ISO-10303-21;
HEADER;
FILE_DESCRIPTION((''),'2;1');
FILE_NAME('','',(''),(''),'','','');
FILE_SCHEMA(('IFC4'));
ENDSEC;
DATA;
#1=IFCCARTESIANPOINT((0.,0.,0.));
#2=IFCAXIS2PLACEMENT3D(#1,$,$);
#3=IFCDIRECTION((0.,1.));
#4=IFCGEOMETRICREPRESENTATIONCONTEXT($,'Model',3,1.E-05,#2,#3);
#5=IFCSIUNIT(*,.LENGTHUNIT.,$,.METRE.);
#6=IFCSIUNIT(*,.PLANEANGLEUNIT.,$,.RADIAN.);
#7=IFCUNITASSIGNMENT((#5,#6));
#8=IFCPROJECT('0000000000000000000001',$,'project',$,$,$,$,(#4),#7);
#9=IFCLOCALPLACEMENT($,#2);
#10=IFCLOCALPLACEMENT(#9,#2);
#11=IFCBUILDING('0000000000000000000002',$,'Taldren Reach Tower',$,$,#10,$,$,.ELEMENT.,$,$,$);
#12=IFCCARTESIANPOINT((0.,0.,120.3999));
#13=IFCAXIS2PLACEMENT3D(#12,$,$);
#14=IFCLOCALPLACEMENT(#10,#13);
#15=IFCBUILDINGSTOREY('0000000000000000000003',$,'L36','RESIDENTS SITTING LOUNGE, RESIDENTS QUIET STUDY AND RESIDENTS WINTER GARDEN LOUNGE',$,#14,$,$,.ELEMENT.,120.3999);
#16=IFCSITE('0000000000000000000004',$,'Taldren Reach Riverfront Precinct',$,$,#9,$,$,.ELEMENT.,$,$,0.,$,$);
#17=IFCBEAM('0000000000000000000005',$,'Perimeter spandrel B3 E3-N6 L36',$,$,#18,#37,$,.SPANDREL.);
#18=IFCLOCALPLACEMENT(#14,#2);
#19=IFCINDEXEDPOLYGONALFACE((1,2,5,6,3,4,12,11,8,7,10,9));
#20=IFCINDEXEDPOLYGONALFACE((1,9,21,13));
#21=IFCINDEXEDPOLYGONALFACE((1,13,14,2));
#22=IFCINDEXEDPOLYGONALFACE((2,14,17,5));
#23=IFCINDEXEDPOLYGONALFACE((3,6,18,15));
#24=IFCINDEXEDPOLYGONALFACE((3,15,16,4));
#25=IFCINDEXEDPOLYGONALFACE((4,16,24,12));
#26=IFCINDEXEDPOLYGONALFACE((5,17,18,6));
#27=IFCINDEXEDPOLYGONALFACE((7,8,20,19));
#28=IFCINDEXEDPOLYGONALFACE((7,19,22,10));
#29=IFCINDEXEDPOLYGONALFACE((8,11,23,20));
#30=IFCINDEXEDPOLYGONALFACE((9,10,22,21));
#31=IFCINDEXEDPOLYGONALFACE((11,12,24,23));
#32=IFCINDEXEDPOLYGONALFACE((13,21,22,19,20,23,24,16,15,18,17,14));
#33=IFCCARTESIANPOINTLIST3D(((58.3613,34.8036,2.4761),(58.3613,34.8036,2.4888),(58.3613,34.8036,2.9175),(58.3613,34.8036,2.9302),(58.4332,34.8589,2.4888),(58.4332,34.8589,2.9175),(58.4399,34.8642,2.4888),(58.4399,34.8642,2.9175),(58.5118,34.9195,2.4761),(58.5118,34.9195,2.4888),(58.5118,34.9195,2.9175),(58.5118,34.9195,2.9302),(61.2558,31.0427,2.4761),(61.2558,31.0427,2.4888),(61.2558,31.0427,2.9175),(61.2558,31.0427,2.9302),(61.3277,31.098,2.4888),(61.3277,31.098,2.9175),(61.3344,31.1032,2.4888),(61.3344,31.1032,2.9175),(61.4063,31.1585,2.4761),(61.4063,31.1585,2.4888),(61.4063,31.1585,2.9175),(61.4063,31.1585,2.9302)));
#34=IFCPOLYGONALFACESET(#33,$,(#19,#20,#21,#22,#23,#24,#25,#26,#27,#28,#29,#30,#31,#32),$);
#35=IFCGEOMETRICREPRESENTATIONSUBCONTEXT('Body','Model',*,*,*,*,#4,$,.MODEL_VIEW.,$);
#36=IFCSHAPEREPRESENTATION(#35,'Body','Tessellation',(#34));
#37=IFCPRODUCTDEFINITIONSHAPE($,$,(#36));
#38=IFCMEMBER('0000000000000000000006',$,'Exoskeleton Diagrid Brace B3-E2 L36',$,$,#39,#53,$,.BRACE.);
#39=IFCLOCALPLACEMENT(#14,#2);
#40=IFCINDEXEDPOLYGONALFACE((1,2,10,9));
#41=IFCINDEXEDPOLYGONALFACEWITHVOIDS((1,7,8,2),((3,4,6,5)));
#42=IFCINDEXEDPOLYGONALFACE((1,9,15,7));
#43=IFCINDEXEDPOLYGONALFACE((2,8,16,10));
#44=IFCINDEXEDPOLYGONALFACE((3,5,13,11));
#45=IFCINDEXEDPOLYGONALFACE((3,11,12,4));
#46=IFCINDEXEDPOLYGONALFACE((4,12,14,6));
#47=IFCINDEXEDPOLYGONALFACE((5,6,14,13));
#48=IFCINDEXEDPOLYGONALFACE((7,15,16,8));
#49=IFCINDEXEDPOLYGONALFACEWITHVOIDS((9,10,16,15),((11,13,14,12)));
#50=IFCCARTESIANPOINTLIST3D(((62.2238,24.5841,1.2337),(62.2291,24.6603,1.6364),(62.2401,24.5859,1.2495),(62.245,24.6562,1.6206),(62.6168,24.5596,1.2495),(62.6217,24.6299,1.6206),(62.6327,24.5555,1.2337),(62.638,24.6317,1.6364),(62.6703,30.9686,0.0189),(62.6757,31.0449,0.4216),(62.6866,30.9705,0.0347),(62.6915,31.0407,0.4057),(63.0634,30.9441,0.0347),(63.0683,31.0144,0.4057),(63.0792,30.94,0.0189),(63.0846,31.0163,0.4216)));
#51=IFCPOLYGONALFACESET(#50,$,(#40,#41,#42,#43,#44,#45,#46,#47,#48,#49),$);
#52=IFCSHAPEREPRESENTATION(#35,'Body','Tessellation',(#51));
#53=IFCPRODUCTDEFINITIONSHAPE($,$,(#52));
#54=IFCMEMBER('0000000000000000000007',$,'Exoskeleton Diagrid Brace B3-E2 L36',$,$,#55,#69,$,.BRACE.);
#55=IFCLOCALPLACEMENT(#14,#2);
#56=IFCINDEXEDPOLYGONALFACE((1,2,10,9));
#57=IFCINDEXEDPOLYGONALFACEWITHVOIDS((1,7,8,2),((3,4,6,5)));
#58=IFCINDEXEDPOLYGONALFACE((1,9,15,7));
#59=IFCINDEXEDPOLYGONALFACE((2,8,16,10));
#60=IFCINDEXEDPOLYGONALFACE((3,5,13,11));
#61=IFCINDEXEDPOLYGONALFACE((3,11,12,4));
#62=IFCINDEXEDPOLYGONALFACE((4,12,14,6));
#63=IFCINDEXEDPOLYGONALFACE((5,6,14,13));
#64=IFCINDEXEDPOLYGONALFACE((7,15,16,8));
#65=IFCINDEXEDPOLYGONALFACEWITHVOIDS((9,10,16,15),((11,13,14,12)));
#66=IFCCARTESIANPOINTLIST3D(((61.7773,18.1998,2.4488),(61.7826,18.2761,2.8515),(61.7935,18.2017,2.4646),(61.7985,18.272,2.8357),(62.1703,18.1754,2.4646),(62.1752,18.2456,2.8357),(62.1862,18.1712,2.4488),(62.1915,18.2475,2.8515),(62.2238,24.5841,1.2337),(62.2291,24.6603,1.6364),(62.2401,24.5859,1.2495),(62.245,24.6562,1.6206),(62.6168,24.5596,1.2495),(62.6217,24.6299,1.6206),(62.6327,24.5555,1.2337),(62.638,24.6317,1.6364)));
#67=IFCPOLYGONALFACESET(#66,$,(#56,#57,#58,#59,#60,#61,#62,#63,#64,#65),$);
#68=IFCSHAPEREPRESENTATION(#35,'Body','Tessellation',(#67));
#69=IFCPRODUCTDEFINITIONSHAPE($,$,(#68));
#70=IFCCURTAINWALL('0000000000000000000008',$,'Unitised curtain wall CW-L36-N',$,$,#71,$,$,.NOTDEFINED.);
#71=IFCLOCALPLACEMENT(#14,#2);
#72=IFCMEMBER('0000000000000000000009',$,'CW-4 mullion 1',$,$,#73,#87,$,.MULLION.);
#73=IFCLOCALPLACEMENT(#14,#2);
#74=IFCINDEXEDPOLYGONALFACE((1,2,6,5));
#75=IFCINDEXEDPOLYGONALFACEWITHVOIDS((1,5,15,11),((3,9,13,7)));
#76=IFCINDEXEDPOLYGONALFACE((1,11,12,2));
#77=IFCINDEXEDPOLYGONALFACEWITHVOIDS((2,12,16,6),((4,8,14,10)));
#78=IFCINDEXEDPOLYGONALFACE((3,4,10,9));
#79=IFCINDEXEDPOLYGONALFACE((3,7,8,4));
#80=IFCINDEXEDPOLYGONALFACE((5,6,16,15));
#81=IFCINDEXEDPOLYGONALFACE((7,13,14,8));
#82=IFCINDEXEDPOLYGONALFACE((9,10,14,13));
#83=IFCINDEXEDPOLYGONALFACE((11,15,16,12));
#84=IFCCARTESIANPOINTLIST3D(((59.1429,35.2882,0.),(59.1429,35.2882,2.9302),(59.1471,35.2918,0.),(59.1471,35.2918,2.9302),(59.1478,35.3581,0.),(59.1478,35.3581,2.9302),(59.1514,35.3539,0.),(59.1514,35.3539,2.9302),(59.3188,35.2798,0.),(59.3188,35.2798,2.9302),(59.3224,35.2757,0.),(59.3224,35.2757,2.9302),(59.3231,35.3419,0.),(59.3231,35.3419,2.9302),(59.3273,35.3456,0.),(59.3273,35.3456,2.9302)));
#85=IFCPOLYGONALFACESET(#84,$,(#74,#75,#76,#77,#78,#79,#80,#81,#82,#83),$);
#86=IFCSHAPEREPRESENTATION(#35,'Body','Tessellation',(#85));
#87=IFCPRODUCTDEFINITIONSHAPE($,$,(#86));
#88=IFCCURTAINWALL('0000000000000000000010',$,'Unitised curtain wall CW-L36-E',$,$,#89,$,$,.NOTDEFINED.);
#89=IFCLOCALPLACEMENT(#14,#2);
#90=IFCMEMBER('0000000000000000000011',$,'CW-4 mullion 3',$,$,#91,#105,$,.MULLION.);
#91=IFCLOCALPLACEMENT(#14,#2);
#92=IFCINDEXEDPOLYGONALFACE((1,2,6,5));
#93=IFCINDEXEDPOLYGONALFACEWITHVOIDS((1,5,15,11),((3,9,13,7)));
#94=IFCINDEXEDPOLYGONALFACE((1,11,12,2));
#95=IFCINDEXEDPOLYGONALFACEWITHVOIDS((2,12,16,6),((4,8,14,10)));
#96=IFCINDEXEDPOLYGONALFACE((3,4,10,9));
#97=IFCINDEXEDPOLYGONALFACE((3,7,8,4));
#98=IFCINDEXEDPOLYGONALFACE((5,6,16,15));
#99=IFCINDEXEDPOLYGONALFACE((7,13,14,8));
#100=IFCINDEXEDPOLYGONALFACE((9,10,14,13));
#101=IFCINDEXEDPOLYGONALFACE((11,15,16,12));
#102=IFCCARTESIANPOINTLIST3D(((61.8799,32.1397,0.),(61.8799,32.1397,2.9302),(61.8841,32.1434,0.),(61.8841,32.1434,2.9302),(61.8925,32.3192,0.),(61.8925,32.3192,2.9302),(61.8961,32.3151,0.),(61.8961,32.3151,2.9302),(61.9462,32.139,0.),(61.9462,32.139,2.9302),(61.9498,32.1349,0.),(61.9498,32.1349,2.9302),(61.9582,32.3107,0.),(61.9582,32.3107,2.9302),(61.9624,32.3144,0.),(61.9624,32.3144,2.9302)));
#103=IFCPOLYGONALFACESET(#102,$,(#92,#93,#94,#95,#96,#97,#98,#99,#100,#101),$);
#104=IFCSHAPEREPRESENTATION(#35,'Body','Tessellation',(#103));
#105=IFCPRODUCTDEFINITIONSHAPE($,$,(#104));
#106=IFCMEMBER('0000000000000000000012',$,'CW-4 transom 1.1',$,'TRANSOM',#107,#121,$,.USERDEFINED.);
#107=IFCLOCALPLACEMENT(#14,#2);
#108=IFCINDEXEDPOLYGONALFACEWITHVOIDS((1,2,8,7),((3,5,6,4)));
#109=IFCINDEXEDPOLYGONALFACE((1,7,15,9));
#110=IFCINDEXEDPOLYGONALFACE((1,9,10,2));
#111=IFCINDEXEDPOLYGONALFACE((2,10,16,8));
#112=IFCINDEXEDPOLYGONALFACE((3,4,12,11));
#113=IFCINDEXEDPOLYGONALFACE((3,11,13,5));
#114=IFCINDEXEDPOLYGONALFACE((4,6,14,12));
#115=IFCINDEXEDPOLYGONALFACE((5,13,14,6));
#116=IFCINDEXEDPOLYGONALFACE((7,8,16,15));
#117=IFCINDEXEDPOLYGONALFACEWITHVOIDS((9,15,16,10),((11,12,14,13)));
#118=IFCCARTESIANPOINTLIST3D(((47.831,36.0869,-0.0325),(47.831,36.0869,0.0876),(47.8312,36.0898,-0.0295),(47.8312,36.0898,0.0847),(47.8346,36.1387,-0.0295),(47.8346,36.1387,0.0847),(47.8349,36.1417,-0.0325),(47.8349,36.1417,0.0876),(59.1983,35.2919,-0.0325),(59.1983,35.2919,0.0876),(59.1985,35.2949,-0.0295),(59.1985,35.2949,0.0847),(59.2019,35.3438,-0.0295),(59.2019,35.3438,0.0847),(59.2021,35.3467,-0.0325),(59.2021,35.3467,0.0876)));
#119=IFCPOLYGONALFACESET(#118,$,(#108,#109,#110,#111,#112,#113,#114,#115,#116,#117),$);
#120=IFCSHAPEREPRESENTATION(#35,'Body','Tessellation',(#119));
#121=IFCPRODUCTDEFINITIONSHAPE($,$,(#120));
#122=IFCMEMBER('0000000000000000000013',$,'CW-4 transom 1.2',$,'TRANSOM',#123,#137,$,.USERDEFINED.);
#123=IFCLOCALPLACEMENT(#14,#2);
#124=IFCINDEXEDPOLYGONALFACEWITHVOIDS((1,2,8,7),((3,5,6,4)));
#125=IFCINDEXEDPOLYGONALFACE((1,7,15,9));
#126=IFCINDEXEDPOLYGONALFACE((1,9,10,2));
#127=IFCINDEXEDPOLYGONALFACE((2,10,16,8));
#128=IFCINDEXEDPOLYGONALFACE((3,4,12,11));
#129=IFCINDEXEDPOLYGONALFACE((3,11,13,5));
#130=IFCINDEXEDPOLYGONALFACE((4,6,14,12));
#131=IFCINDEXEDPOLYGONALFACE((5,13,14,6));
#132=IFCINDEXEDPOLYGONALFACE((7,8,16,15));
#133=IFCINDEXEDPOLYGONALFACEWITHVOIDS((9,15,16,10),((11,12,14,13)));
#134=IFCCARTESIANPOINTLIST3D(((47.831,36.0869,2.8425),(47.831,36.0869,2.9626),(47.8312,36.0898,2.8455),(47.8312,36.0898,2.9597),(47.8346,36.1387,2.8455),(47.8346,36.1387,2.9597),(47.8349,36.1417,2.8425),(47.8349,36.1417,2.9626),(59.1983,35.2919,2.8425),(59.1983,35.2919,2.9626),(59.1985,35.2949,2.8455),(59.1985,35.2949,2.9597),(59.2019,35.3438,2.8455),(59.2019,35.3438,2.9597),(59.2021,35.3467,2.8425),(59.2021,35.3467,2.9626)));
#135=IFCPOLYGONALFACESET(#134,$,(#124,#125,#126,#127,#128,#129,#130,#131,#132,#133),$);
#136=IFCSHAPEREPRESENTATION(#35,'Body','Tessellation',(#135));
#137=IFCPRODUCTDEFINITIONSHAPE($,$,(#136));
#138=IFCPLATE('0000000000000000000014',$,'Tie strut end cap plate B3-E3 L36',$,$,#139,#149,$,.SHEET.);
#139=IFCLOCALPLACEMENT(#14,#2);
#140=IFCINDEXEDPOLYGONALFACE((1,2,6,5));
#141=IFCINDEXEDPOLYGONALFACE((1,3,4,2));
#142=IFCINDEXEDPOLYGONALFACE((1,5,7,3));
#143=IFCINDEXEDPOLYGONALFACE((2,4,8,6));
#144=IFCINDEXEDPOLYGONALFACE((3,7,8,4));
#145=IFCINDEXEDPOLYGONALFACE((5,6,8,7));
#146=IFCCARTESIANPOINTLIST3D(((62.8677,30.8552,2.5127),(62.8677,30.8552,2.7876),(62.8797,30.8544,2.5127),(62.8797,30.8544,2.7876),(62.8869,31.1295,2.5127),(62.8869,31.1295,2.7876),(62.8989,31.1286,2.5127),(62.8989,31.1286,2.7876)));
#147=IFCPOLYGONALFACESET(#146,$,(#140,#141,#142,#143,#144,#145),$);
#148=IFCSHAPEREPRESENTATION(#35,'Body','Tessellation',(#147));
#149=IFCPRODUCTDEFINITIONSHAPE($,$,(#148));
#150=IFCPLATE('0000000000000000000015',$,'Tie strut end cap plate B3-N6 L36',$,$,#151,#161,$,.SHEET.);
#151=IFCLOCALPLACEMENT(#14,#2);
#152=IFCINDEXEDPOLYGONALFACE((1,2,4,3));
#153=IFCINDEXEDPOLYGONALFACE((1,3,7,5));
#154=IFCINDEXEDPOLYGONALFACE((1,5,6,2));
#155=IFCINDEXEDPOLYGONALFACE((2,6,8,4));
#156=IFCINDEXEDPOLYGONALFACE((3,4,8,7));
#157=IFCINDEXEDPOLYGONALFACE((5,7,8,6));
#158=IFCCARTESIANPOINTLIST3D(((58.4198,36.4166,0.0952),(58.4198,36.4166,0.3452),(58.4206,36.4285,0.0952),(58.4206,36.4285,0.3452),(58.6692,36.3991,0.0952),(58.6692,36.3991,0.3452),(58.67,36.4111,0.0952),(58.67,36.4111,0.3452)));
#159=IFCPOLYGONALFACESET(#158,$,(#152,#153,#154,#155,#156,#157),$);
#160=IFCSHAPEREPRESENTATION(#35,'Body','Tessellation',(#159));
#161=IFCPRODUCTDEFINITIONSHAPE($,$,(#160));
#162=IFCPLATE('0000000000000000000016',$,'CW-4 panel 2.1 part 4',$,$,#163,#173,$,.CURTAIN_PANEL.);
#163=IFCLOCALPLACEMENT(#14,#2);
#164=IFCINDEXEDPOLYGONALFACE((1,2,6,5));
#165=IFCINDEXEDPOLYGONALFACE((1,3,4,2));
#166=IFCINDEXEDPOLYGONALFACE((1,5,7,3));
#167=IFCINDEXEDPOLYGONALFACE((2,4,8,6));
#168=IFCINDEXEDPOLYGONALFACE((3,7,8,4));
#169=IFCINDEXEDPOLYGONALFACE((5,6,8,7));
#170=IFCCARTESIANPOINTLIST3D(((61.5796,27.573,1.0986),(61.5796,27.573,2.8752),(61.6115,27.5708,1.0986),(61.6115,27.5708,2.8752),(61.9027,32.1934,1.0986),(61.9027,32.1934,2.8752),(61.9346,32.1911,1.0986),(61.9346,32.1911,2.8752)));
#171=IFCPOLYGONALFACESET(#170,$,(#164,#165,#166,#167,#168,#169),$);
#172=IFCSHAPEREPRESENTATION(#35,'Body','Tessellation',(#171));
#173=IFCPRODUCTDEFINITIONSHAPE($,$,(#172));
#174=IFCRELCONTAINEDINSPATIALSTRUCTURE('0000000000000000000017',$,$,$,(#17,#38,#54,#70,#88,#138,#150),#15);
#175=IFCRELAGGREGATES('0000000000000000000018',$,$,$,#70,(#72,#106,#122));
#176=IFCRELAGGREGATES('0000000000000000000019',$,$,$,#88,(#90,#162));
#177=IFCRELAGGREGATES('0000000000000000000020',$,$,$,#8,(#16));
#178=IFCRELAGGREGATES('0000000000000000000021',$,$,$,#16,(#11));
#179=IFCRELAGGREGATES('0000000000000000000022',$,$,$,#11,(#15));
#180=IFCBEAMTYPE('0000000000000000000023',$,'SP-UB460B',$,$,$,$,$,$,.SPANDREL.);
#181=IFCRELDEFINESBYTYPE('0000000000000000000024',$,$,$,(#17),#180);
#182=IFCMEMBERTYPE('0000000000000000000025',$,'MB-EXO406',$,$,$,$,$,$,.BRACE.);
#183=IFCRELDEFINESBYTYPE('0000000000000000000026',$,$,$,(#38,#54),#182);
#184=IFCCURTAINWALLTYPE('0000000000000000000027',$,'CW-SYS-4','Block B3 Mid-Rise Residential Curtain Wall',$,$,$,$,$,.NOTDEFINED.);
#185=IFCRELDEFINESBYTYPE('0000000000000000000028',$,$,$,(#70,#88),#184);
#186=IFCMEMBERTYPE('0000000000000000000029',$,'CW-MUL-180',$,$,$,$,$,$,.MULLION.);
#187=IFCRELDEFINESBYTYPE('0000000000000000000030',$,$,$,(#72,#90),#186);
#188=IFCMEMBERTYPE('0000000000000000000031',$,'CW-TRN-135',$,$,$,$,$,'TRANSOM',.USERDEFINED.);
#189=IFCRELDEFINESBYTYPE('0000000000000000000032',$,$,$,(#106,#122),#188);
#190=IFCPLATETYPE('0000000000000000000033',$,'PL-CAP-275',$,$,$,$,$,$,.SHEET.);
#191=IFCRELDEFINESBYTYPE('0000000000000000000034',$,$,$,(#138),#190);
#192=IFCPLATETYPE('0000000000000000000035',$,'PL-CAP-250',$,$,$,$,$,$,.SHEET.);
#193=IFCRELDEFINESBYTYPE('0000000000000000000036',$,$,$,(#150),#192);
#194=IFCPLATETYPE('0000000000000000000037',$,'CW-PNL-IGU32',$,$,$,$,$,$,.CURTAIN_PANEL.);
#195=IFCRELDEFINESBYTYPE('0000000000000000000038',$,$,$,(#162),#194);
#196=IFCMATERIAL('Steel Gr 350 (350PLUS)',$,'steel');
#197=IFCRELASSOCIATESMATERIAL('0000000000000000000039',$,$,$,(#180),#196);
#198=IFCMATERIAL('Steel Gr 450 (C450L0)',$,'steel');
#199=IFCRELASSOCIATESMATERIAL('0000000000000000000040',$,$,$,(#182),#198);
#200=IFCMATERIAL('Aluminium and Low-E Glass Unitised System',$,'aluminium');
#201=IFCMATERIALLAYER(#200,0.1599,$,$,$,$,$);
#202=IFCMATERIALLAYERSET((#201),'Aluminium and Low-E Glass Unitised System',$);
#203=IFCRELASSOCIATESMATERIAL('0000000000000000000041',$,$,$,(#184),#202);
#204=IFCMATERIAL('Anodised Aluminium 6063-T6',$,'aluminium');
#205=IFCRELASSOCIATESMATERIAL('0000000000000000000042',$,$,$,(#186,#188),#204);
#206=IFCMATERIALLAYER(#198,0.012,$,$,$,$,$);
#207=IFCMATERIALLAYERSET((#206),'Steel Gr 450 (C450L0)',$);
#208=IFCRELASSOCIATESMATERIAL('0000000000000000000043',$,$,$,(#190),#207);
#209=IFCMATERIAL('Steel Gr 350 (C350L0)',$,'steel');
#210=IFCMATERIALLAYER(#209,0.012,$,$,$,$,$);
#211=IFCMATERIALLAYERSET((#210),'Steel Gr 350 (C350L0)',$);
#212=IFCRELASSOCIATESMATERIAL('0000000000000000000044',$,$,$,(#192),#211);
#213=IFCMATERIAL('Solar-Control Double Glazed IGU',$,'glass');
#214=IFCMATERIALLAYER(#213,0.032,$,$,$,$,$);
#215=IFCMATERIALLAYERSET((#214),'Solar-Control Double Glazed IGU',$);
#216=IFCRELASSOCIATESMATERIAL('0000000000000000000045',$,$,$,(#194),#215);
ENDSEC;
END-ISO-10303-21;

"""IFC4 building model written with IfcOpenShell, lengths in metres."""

from ifc_helpers import new_model, si_unit, direction, frame, origin, origin_2d, place, context, subcontext, project, spatial, rectangle, hollow_rectangle, i_section, extrude, source, transform, mapped, material, layer, layer_set, material_profile, profile_set, type_object, element, aggregate, save


model = new_model("IFC4")

# Units and contexts
model_context = context("Model", 3, precision=1e-05, world=origin(), true_north=direction((0.0, 1.0)))
body_context = subcontext(model_context, "Body", "Model", "MODEL_VIEW")
ifc_project = project(units=[si_unit("LENGTHUNIT", "METRE"), si_unit("PLANEANGLEUNIT", "RADIAN")], contexts=[model_context])

# Site, building, storey
site_placement = place(None, origin())
site = spatial("IfcSite", under=ifc_project, at=site_placement, Name="Taldren Reach Riverfront Precinct", CompositionType="ELEMENT", RefElevation=0.0)
building_placement = place(site_placement, origin())
building = spatial("IfcBuilding", under=site, at=building_placement, Name="Taldren Reach Tower", CompositionType="ELEMENT")
storey_placement = place(building_placement, frame((0.0, 0.0, 120.3999)))
storey = spatial("IfcBuildingStorey", under=building, at=storey_placement, Name="L36", Description="RESIDENTS SITTING LOUNGE, RESIDENTS QUIET STUDY AND RESIDENTS WINTER GARDEN LOUNGE", CompositionType="ELEMENT", Elevation=120.3999)

# Shared definitions
ifc_material_1 = material(Name="Steel Gr 450 (C450L0)", Category="steel")
ifc_material_2 = material(Name="Steel Gr 350 (350PLUS)", Category="steel")

# Shared definitions
ifc_material_3 = material(Name="Steel Gr 350 (C350L0)", Category="steel")

# Beam
ifc_material_profile_1 = material_profile(ifc_material_2, i_section(OverallWidth=0.1899, OverallDepth=0.4541, WebThickness=0.0085, FlangeThickness=0.0127, at=origin_2d()), Name="460UB67.1")
ifc_profile_set_1 = profile_set([ifc_material_profile_1], Name="Steel Gr 350 (350PLUS)")
beam_type = type_object("IfcBeamType", Name="SP-UB460B", PredefinedType="SPANDREL", material=ifc_profile_set_1)
shared_shape_1 = source(origin(), body_context, "Body", "SweptSolid", [
    extrude(i_section(OverallWidth=0.1899, OverallDepth=0.4541, WebThickness=0.0085, FlangeThickness=0.0127, at=origin_2d()), origin(), (0.0, 0.0, 1.0), 4.7458),
])
beam_1_placement = place(storey_placement, frame((61.3311, 31.1006, 2.7031), z_axis=(-0.609905, 0.792475, 0.0), x_axis=(-0.792475, -0.609905, 0.0)))
element("IfcBeam", 1, at=beam_1_placement, inside=storey, type_object=beam_type, Name="Perimeter spandrel B3 E3-N6 L36", PredefinedType="SPANDREL", context=body_context, shape_type="MappedRepresentation", body=[
    mapped(shared_shape_1, transform((0.0, 0.0, 0.0), scale=1.0)),
])

# Members
ifc_material_profile_2 = material_profile(ifc_material_1, hollow_rectangle(XDim=0.4099, YDim=0.4099, WallThickness=0.0161, at=origin_2d()), Name="410x410x16.0SHS")
ifc_profile_set_2 = profile_set([ifc_material_profile_2], Name="Steel Gr 450 (C450L0)")
member_type_1 = type_object("IfcMemberType", Name="MB-EXO406", PredefinedType="BRACE", material=ifc_profile_set_2)
shared_shape_2 = source(origin(), body_context, "Body", "SweptSolid", [
    extrude(hollow_rectangle(XDim=0.4099, YDim=0.4099, WallThickness=0.0161, at=origin_2d()), origin(), (0.0, 0.0, 1.0), 6.5144),
])
member_1_placement = place(storey_placement, frame((62.8774, 30.9924, 0.2202), z_axis=(-0.068546, -0.980063, 0.186486), x_axis=(0.997563, -0.06977, 0.0)))
element("IfcMember", 2, at=member_1_placement, inside=storey, type_object=member_type_1, Name="Exoskeleton Diagrid Brace B3-E2 L36", PredefinedType="BRACE", context=body_context, shape_type="MappedRepresentation", body=[
    mapped(shared_shape_2, transform((0.0, 0.0, 0.0), scale=1.0)),
])
shared_shape_3 = source(origin(), body_context, "Body", "SweptSolid", [
    extrude(hollow_rectangle(XDim=0.4099, YDim=0.4099, WallThickness=0.0161, at=origin_2d()), origin(), (0.0, 0.0, 1.0), 6.5142),
])
member_2_placement = place(storey_placement, frame((62.4309, 24.6079, 1.4351), z_axis=(-0.068548, -0.980055, 0.186529), x_axis=(0.997563, -0.069772, 0.0)))
element("IfcMember", 3, at=member_2_placement, inside=storey, type_object=member_type_1, Name="Exoskeleton Diagrid Brace B3-E2 L36", PredefinedType="BRACE", context=body_context, shape_type="MappedRepresentation", body=[
    mapped(shared_shape_3, transform((0.0, 0.0, 0.0), scale=1.0)),
])

# Curtain walls, members
ifc_material_4 = material(Name="Aluminium and Low-E Glass Unitised System", Category="aluminium")
ifc_layer_1 = layer(ifc_material_4, 0.1599)
ifc_layer_set_1 = layer_set([ifc_layer_1], Name="Aluminium and Low-E Glass Unitised System")
curtain_wall_type = type_object("IfcCurtainWallType", Name="CW-SYS-4", Description="Block B3 Mid-Rise Residential Curtain Wall", PredefinedType="NOTDEFINED", material=ifc_layer_set_1)
curtain_wall_1_placement = place(storey_placement, origin())
curtain_wall_1 = element("IfcCurtainWall", 4, at=curtain_wall_1_placement, inside=storey, type_object=curtain_wall_type, Name="Unitised curtain wall CW-L36-N", PredefinedType="NOTDEFINED")
ifc_material_5 = material(Name="Anodised Aluminium 6063-T6", Category="aluminium")
ifc_material_profile_3 = material_profile(ifc_material_5, hollow_rectangle(XDim=0.0701, YDim=0.1799, WallThickness=0.0039, at=origin_2d()), Name="ALU-180x70x4RHS")
ifc_profile_set_3 = profile_set([ifc_material_profile_3], Name="Anodised Aluminium 6063-T6")
member_type_2 = type_object("IfcMemberType", Name="CW-MUL-180", PredefinedType="MULLION", material=ifc_profile_set_3)
shared_shape_4 = source(origin(), body_context, "Body", "SweptSolid", [
    extrude(hollow_rectangle(XDim=0.0701, YDim=0.1799, WallThickness=0.0039, at=origin_2d()), origin(), (0.0, 0.0, 1.0), 2.9302),
])
member_3_placement = place(storey_placement, frame((59.2351, 35.3169, 0.0), z_axis=(0.0, 0.0, 1.0), x_axis=(-0.069757, -0.997564, 0.0)))
member_3 = element("IfcMember", 5, at=member_3_placement, type_object=member_type_2, Name="CW-4 mullion 1", PredefinedType="MULLION", context=body_context, shape_type="MappedRepresentation", body=[
    mapped(shared_shape_4, transform((0.0, 0.0, 0.0), scale=1.0)),
])
curtain_wall_2_placement = place(storey_placement, origin())
curtain_wall_2 = element("IfcCurtainWall", 6, at=curtain_wall_2_placement, inside=storey, type_object=curtain_wall_type, Name="Unitised curtain wall CW-L36-E", PredefinedType="NOTDEFINED")
member_4_placement = place(storey_placement, frame((61.9211, 32.2271, 0.0), z_axis=(0.0, 0.0, 1.0), x_axis=(-0.997564, 0.069756, 0.0)))
member_4 = element("IfcMember", 7, at=member_4_placement, type_object=member_type_2, Name="CW-4 mullion 3", PredefinedType="MULLION", context=body_context, shape_type="MappedRepresentation", body=[
    mapped(shared_shape_4, transform((0.0, 0.0, 0.0), scale=1.0)),
])

# Members
ifc_material_profile_4 = material_profile(ifc_material_5, hollow_rectangle(XDim=0.0549, YDim=0.1201, WallThickness=0.0029, at=origin_2d()), Name="ALU-120x55x3RHS")
ifc_profile_set_4 = profile_set([ifc_material_profile_4], Name="Anodised Aluminium 6063-T6")
member_type_3 = type_object("IfcMemberType", Name="CW-TRN-135", ElementType="TRANSOM", PredefinedType="USERDEFINED", material=ifc_profile_set_4)
shared_shape_5 = source(origin(), body_context, "Body", "SweptSolid", [
    extrude(hollow_rectangle(XDim=0.0549, YDim=0.1201, WallThickness=0.0029, at=origin_2d()), origin(), (0.0, 0.0, 1.0), 11.395),
])
member_5_placement = place(storey_placement, frame((59.2002, 35.3193, 0.0276), z_axis=(-0.997564, 0.069761, 0.0), x_axis=(-0.069761, -0.997564, 0.0)))
member_5 = element("IfcMember", 8, at=member_5_placement, type_object=member_type_3, Name="CW-4 transom 1.1", ObjectType="TRANSOM", PredefinedType="USERDEFINED", context=body_context, shape_type="MappedRepresentation", body=[
    mapped(shared_shape_5, transform((0.0, 0.0, 0.0), scale=1.0)),
])
member_6_placement = place(storey_placement, frame((59.2002, 35.3193, 2.9026), z_axis=(-0.997564, 0.069761, 0.0), x_axis=(-0.069761, -0.997564, 0.0)))
member_6 = element("IfcMember", 9, at=member_6_placement, type_object=member_type_3, Name="CW-4 transom 1.2", ObjectType="TRANSOM", PredefinedType="USERDEFINED", context=body_context, shape_type="MappedRepresentation", body=[
    mapped(shared_shape_5, transform((0.0, 0.0, 0.0), scale=1.0)),
])
aggregate(curtain_wall_1, [member_3, member_5, member_6])

# Plates
ifc_layer_2 = layer(ifc_material_1, 0.012)
ifc_layer_set_2 = layer_set([ifc_layer_2], Name="Steel Gr 450 (C450L0)")
plate_type_1 = type_object("IfcPlateType", Name="PL-CAP-275", PredefinedType="SHEET", material=ifc_layer_set_2)
shared_shape_6 = source(origin(), body_context, "Body", "SweptSolid", [
    extrude(rectangle(XDim=0.012, YDim=0.2749, at=origin_2d()), origin(), (0.0, 0.0, 1.0), 0.2749),
])
plate_1_placement = place(storey_placement, frame((62.8833, 30.9919, 2.5127), z_axis=(0.0, 0.0, 1.0), x_axis=(0.997564, -0.069756, 0.0)))
element("IfcPlate", 10, at=plate_1_placement, inside=storey, type_object=plate_type_1, Name="Tie strut end cap plate B3-E3 L36", PredefinedType="SHEET", context=body_context, shape_type="MappedRepresentation", body=[
    mapped(shared_shape_6, transform((0.0, 0.0, 0.0), scale=1.0)),
])
ifc_layer_3 = layer(ifc_material_3, 0.012)
ifc_layer_set_3 = layer_set([ifc_layer_3], Name="Steel Gr 350 (C350L0)")
plate_type_2 = type_object("IfcPlateType", Name="PL-CAP-250", PredefinedType="SHEET", material=ifc_layer_set_3)
shared_shape_7 = source(origin(), body_context, "Body", "SweptSolid", [
    extrude(rectangle(XDim=0.25, YDim=0.012, at=origin_2d()), origin(), (0.0, 0.0, 1.0), 0.25),
])
plate_2_placement = place(storey_placement, frame((58.5449, 36.4138, 0.0952), z_axis=(0.0, 0.0, 1.0), x_axis=(0.997564, -0.069756, 0.0)))
element("IfcPlate", 11, at=plate_2_placement, inside=storey, type_object=plate_type_2, Name="Tie strut end cap plate B3-N6 L36", PredefinedType="SHEET", context=body_context, shape_type="MappedRepresentation", body=[
    mapped(shared_shape_7, transform((0.0, 0.0, 0.0), scale=1.0)),
])

# Plate
ifc_material_6 = material(Name="Solar-Control Double Glazed IGU", Category="glass")
ifc_layer_4 = layer(ifc_material_6, 0.032)
ifc_layer_set_4 = layer_set([ifc_layer_4], Name="Solar-Control Double Glazed IGU")
plate_type_3 = type_object("IfcPlateType", Name="CW-PNL-IGU32", PredefinedType="CURTAIN_PANEL", material=ifc_layer_set_4)
shared_shape_8 = source(origin(), body_context, "Body", "SweptSolid", [
    extrude(rectangle(XDim=4.6316, YDim=0.032, at=origin_2d()), origin(), (0.0, 0.0, 1.0), 1.7766),
])
plate_3_placement = place(storey_placement, frame((61.7571, 29.8821, 1.0986), z_axis=(0.0, 0.0, 1.0), x_axis=(0.069756, 0.997564, 0.0)))
plate_3 = element("IfcPlate", 12, at=plate_3_placement, type_object=plate_type_3, Name="CW-4 panel 2.1 part 4", PredefinedType="CURTAIN_PANEL", context=body_context, shape_type="MappedRepresentation", body=[
    mapped(shared_shape_8, transform((0.0, 0.0, 0.0), scale=1.0)),
])
aggregate(curtain_wall_2, [member_4, plate_3])

save(model, "model.ifc")
